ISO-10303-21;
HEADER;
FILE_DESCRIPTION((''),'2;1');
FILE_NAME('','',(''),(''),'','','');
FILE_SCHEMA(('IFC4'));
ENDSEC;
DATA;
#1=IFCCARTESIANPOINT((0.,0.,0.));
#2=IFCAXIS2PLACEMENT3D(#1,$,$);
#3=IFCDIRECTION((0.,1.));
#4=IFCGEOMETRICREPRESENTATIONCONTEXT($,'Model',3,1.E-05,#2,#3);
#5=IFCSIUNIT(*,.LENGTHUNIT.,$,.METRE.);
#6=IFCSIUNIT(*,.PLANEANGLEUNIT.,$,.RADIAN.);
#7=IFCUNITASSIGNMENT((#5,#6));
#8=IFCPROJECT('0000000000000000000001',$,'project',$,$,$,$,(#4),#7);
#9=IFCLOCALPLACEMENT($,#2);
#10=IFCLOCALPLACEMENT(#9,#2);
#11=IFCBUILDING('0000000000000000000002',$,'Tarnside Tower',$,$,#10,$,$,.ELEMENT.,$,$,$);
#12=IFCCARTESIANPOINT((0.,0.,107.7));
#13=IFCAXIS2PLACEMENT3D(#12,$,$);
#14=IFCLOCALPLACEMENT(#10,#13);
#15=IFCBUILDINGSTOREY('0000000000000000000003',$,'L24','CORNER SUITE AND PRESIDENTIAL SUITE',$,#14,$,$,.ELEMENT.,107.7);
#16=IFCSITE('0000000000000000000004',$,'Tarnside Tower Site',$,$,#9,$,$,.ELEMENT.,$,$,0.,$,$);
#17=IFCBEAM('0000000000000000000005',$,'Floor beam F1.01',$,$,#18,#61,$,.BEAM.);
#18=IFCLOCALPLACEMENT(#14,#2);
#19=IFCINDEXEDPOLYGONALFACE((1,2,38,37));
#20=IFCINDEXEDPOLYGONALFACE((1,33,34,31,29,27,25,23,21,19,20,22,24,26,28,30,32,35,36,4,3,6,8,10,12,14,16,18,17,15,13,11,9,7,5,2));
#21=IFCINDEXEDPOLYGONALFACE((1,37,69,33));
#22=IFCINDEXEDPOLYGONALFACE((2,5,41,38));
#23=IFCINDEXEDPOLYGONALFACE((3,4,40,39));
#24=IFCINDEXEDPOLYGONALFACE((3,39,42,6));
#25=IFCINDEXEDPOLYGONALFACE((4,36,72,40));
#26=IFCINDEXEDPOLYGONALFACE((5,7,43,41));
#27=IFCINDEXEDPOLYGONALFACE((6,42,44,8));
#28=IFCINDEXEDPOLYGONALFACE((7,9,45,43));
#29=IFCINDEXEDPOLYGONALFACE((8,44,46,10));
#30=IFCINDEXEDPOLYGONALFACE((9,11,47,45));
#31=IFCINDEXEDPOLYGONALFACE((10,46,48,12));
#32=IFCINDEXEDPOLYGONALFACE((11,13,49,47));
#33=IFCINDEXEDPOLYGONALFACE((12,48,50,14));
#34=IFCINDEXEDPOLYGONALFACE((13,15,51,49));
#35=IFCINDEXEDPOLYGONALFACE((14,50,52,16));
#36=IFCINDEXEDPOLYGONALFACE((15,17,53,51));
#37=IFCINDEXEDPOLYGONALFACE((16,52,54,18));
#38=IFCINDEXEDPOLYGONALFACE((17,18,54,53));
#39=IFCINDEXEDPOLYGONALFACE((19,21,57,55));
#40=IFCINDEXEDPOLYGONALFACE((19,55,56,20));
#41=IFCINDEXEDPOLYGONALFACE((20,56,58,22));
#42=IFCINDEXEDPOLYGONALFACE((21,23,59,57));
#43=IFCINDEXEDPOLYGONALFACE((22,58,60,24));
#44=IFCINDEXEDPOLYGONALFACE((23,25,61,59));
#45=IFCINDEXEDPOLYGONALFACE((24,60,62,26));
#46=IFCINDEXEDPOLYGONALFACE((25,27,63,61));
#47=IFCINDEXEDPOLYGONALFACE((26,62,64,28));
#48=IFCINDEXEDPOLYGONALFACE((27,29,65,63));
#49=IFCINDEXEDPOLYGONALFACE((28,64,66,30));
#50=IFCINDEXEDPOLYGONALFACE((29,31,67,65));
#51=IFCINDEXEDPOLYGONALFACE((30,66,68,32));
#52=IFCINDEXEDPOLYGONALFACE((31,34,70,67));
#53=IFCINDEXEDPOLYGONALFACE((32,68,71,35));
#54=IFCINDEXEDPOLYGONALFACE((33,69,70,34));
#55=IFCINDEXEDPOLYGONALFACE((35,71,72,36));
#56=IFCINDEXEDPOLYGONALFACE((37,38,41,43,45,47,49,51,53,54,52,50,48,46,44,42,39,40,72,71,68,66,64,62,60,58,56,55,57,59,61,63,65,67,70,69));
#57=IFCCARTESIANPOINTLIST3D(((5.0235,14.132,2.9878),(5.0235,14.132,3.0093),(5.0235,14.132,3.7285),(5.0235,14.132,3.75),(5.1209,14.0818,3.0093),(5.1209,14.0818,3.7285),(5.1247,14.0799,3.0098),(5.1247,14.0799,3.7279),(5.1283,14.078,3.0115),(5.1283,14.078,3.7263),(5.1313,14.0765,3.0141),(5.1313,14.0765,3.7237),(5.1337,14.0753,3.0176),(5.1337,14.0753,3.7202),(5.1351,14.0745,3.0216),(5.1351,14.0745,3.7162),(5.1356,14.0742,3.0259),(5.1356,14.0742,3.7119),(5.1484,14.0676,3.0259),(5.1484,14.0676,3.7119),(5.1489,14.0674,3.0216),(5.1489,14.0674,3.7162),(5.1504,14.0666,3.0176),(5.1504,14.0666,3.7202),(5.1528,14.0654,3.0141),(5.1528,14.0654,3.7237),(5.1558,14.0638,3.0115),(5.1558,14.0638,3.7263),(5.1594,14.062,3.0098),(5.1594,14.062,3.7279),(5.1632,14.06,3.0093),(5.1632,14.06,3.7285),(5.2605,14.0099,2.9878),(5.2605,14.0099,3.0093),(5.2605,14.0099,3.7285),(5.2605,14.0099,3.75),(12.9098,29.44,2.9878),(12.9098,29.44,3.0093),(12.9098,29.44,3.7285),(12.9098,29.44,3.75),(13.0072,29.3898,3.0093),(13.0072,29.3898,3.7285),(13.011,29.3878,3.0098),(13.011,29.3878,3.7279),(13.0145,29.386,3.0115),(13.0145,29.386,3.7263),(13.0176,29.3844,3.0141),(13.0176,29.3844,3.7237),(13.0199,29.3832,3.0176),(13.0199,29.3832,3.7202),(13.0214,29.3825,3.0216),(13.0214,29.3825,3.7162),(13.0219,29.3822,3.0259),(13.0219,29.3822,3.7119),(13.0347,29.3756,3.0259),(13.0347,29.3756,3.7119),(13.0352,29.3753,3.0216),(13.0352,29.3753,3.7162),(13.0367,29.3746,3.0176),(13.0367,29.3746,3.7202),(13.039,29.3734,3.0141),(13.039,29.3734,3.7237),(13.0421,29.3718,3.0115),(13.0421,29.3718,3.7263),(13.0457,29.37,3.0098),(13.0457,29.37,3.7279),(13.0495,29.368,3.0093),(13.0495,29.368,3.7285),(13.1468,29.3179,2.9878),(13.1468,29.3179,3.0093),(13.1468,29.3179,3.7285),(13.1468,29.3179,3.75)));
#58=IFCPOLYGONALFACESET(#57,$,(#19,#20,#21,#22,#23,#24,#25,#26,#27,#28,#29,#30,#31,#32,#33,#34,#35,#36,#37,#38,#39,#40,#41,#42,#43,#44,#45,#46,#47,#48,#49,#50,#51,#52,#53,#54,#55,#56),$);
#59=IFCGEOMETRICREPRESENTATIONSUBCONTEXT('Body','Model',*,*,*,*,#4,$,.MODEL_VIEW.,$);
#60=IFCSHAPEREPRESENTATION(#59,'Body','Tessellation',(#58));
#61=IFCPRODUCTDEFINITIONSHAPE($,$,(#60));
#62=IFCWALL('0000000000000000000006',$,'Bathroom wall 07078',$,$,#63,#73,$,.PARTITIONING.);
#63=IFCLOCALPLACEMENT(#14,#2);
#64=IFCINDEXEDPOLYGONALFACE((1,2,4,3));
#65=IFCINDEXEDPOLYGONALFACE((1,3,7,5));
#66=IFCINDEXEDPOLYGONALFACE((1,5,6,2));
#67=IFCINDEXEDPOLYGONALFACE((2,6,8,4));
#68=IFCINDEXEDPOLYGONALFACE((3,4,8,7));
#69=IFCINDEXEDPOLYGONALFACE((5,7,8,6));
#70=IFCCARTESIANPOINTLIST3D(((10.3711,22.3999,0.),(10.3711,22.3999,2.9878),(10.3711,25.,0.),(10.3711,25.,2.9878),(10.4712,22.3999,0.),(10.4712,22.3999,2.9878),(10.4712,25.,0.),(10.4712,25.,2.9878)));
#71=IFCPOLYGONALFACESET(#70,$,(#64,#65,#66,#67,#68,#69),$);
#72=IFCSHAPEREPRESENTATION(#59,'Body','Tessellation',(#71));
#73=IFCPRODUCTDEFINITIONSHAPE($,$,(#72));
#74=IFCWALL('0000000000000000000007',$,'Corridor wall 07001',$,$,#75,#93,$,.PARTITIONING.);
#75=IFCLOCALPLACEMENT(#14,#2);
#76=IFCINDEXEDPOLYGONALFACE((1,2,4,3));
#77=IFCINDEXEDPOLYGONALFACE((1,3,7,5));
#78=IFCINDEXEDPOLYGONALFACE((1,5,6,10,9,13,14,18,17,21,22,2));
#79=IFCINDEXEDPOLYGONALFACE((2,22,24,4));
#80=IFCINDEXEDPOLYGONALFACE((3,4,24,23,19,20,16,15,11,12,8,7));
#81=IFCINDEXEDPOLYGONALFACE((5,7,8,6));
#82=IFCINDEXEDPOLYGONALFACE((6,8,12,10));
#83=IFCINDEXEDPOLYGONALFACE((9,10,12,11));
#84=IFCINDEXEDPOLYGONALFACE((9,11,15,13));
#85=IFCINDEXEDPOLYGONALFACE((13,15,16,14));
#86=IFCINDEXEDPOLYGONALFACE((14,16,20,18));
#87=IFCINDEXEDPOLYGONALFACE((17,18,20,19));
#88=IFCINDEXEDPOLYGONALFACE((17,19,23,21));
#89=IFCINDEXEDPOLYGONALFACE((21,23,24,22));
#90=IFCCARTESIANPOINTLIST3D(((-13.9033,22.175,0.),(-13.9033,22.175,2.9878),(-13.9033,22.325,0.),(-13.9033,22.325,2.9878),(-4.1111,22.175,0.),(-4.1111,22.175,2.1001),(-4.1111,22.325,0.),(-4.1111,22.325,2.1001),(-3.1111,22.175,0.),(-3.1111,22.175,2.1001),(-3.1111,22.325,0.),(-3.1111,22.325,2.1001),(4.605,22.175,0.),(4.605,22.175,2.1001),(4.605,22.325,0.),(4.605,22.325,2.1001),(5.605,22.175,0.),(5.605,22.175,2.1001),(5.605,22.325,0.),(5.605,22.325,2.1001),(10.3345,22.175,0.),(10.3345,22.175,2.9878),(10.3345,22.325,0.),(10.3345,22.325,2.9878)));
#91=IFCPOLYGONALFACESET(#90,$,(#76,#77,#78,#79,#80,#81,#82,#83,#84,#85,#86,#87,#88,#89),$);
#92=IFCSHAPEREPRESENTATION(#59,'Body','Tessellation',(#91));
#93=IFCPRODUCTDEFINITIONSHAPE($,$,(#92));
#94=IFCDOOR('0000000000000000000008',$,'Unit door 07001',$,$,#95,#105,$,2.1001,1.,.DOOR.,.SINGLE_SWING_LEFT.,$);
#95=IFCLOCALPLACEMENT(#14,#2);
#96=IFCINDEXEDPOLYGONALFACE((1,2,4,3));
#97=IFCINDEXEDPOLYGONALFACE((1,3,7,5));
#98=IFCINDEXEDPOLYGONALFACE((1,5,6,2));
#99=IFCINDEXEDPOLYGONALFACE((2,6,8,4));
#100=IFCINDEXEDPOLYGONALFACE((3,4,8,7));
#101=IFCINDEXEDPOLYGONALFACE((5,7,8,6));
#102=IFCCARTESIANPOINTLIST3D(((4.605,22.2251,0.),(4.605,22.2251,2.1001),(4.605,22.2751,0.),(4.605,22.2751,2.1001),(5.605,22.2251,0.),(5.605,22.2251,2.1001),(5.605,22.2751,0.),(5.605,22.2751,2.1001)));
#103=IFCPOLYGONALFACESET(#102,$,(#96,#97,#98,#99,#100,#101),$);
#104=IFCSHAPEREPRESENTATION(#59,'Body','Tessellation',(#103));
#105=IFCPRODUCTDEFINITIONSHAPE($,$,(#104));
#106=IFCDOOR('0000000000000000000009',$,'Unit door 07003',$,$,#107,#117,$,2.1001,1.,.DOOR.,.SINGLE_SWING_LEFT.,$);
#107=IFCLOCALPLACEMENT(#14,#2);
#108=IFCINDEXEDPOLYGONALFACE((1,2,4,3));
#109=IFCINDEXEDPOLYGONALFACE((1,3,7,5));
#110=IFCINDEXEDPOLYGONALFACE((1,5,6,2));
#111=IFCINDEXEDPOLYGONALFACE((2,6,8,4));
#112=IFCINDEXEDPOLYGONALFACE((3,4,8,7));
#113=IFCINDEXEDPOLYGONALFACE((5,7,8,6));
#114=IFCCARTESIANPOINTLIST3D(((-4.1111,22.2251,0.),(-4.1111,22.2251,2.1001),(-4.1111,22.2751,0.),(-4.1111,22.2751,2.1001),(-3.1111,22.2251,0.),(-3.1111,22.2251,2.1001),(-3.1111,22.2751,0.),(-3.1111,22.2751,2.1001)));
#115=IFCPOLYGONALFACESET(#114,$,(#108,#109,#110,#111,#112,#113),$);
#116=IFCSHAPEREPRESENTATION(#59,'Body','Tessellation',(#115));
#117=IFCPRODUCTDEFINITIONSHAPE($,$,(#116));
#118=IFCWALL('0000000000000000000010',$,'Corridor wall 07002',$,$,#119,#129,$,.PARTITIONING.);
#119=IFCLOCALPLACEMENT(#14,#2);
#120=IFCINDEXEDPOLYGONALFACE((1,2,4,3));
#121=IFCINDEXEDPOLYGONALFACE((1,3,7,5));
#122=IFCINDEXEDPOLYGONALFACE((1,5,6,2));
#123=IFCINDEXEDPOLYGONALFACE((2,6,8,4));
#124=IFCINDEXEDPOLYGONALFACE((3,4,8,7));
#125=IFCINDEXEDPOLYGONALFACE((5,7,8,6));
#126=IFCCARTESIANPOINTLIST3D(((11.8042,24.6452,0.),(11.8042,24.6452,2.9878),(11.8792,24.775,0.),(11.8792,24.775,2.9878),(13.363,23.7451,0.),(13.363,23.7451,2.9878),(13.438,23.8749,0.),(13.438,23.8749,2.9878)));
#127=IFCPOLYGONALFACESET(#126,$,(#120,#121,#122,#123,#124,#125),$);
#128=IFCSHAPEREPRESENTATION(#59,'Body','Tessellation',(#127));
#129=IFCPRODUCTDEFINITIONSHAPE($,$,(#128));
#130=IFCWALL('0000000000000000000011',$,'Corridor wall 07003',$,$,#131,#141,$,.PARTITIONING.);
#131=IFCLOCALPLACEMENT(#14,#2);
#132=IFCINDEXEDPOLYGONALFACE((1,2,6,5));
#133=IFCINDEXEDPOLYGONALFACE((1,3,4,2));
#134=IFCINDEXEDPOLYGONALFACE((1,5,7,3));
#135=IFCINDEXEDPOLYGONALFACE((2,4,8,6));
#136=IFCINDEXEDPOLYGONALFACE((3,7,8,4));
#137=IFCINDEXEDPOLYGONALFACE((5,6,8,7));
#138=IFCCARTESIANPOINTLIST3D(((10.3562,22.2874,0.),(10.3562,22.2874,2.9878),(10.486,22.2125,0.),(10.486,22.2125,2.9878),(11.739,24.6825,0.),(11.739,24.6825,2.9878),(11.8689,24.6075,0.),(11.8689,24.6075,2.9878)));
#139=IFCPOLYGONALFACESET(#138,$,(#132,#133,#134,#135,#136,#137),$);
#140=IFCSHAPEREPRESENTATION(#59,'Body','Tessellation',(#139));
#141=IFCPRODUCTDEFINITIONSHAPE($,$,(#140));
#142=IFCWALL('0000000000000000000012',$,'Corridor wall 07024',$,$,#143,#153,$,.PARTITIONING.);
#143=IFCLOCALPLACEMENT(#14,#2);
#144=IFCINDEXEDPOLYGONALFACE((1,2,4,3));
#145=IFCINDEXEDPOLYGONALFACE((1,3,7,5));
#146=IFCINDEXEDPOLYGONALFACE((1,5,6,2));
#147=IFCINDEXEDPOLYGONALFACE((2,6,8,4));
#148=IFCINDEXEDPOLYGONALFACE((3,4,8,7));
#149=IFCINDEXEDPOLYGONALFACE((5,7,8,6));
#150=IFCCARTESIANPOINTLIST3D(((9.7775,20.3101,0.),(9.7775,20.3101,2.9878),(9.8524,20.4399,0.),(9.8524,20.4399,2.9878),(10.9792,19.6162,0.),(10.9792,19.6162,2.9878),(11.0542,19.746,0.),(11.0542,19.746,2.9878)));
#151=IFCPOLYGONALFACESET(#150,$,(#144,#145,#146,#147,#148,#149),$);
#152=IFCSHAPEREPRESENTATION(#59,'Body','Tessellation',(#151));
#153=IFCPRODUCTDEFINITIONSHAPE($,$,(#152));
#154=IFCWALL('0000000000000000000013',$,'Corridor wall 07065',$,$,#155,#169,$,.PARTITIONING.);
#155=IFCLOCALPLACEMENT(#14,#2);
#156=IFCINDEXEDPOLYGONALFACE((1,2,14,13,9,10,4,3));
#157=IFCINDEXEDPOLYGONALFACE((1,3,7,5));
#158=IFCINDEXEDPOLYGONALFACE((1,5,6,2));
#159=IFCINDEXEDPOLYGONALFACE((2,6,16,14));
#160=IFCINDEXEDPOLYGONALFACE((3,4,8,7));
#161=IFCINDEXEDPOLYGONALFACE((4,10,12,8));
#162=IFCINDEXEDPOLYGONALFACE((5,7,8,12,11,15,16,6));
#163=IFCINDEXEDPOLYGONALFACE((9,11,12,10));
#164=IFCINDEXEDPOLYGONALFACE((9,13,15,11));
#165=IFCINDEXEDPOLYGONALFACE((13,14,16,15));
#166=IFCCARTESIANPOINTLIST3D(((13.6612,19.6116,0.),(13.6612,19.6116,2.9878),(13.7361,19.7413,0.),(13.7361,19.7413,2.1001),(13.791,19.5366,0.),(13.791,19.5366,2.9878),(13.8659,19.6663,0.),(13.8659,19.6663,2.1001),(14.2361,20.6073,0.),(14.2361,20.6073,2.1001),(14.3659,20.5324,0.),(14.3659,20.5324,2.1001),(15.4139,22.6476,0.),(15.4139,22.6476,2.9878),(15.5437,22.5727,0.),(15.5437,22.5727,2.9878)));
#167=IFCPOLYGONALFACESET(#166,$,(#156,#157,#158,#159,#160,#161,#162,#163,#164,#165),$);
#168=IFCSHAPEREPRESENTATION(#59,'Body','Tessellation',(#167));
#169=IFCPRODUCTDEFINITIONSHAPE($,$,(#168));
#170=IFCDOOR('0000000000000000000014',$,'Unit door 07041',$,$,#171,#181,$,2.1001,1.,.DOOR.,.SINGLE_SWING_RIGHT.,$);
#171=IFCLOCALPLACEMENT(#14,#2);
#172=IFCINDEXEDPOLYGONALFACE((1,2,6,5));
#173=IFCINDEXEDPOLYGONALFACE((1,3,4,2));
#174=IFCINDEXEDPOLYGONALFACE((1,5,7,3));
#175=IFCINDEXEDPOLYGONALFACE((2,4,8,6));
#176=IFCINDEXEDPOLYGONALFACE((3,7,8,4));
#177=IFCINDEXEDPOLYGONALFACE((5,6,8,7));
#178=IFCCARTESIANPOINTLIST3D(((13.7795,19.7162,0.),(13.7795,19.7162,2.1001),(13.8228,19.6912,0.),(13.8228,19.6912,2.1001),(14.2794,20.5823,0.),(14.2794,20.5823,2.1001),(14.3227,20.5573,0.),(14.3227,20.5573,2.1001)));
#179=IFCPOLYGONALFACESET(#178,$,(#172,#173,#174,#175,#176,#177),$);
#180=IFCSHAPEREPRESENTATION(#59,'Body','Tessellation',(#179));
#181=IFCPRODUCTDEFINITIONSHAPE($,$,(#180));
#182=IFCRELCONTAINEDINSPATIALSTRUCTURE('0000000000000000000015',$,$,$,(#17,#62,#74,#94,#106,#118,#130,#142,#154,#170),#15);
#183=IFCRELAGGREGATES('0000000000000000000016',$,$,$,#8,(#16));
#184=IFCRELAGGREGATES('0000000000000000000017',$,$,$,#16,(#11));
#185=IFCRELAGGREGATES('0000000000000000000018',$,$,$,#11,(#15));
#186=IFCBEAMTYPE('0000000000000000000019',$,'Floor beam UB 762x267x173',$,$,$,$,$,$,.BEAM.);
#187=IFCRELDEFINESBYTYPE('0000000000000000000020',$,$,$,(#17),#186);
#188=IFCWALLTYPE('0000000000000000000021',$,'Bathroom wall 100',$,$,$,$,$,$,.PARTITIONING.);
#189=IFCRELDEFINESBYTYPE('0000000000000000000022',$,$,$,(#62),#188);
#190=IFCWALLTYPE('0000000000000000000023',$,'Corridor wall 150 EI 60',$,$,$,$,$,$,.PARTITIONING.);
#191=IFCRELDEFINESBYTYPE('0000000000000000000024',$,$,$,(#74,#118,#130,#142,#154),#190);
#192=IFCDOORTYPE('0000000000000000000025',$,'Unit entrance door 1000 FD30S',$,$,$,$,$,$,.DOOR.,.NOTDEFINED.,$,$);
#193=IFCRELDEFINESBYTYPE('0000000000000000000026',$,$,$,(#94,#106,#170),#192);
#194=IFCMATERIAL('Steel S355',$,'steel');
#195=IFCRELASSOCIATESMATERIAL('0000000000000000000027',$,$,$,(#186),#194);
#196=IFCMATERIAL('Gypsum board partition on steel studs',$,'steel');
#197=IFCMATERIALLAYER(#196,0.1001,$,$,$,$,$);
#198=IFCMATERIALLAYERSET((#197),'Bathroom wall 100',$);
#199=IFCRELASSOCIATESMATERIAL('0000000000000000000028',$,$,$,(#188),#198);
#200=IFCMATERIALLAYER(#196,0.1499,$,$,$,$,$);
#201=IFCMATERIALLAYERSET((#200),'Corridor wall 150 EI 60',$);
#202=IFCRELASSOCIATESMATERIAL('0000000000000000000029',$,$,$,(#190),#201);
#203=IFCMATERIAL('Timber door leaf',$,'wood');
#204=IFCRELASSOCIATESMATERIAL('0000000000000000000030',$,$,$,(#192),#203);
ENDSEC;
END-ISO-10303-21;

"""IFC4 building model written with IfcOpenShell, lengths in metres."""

from ifc_helpers import new_model, si_unit, direction, frame, frame_2d, origin, origin_2d, place, context, subcontext, project, spatial, rectangle, i_section, extrude, material, layer, layer_set, material_profile, profile_set, type_object, element, fill, save


model = new_model("IFC4")

# Units and contexts
model_context = context("Model", 3, precision=1e-05, world=origin(), true_north=direction((0.0, 1.0)))
body_context = subcontext(model_context, "Body", "Model", "MODEL_VIEW")
ifc_project = project(units=[si_unit("LENGTHUNIT", "METRE"), si_unit("PLANEANGLEUNIT", "RADIAN")], contexts=[model_context])

# Site, building, storey
site_placement = place(None, origin())
site = spatial("IfcSite", under=ifc_project, at=site_placement, Name="Tarnside Tower Site", CompositionType="ELEMENT", RefElevation=0.0)
building_placement = place(site_placement, origin())
building = spatial("IfcBuilding", under=site, at=building_placement, Name="Tarnside Tower", CompositionType="ELEMENT")
storey_placement = place(building_placement, frame((0.0, 0.0, 107.7)))
storey = spatial("IfcBuildingStorey", under=building, at=storey_placement, Name="L24", Description="CORNER SUITE AND PRESIDENTIAL SUITE", CompositionType="ELEMENT", Elevation=107.7)

# Beam
ifc_material_1 = material(Name="Steel S355", Category="steel")
ifc_material_profile = material_profile(ifc_material_1, i_section(OverallWidth=0.2666, OverallDepth=0.7622, WebThickness=0.0144, FlangeThickness=0.0215, FilletRadius=0.0166, at=origin_2d()), Name="UB 762x267x173")
ifc_profile_set = profile_set([ifc_material_profile], Name="Steel S355")
beam_type = type_object("IfcBeamType", Name="Floor beam UB 762x267x173", PredefinedType="BEAM", material=ifc_profile_set)
beam_placement = place(storey_placement, frame((13.0283, 29.3789, 3.3689), z_axis=(-0.457973, -0.888966, 0.0), x_axis=(0.888966, -0.457973, 0.0)))
element("IfcBeam", 1, at=beam_placement, inside=storey, type_object=beam_type, Name="Floor beam F1.01", PredefinedType="BEAM", context=body_context, shape_type="SweptSolid", body=[
    extrude(i_section(OverallWidth=0.2666, OverallDepth=0.7622, WebThickness=0.0144, FlangeThickness=0.0215, FilletRadius=0.0166, at=origin_2d()), origin(), (0.0, 0.0, 1.0), 17.22),
])

# Wall
ifc_material_2 = material(Name="Gypsum board partition on steel studs", Category="steel")
ifc_layer_1 = layer(ifc_material_2, 0.1001)
ifc_layer_set_1 = layer_set([ifc_layer_1], Name="Bathroom wall 100")
wall_type_1 = type_object("IfcWallType", Name="Bathroom wall 100", PredefinedType="PARTITIONING", material=ifc_layer_set_1)
wall_1_placement = place(storey_placement, frame((10.4211, 25.0, 0.0), z_axis=(0.0, 0.0, 1.0), x_axis=(0.0, -1.0, 0.0)))
element("IfcWall", 2, at=wall_1_placement, inside=storey, type_object=wall_type_1, Name="Bathroom wall 07078", PredefinedType="PARTITIONING", context=body_context, shape_type="SweptSolid", body=[
    extrude(rectangle(XDim=2.6001, YDim=0.1001, at=frame_2d((1.3, 0.0))), origin(), (0.0, 0.0, 1.0), 2.9878),
])

# Wall, openings, doors
ifc_layer_2 = layer(ifc_material_2, 0.1499)
ifc_layer_set_2 = layer_set([ifc_layer_2], Name="Corridor wall 150 EI 60")
wall_type_2 = type_object("IfcWallType", Name="Corridor wall 150 EI 60", PredefinedType="PARTITIONING", material=ifc_layer_set_2)
wall_2_placement = place(storey_placement, frame((10.3345, 22.25, 0.0), z_axis=(0.0, 0.0, 1.0), x_axis=(-1.0, 0.0, 0.0)))
wall_2 = element("IfcWall", 3, at=wall_2_placement, inside=storey, type_object=wall_type_2, Name="Corridor wall 07001", PredefinedType="PARTITIONING", context=body_context, shape_type="SweptSolid", body=[
    extrude(rectangle(XDim=24.2378, YDim=0.1499, at=frame_2d((12.1189, 0.0))), origin(), (0.0, 0.0, 1.0), 2.9878),
])
opening_1_placement = place(wall_2_placement, frame((4.7295, 0.0, 0.0)))
opening_1 = element("IfcOpeningElement", 4, at=opening_1_placement, cuts=wall_2, PredefinedType="OPENING", context=body_context, shape_type="SweptSolid", body=[
    extrude(rectangle(XDim=1.0, YDim=2.1001, at=frame_2d((0.5, 1.05))), frame((0.0, 0.085, 0.0), z_axis=(0.0, -1.0, 0.0), x_axis=(1.0, 0.0, 0.0)), (0.0, 0.0, 1.0), 0.1699),
])
opening_2_placement = place(wall_2_placement, frame((13.4456, 0.0, 0.0)))
opening_2 = element("IfcOpeningElement", 5, at=opening_2_placement, cuts=wall_2, PredefinedType="OPENING", context=body_context, shape_type="SweptSolid", body=[
    extrude(rectangle(XDim=1.0, YDim=2.1001, at=frame_2d((0.5, 1.05))), frame((0.0, 0.085, 0.0), z_axis=(0.0, -1.0, 0.0), x_axis=(1.0, 0.0, 0.0)), (0.0, 0.0, 1.0), 0.1699),
])
ifc_material_3 = material(Name="Timber door leaf", Category="wood")
door_type_1 = type_object("IfcDoorType", Name="Unit entrance door 1000 FD30S", OperationType="NOTDEFINED", PredefinedType="DOOR", material=ifc_material_3)
door_1_placement = place(opening_1_placement, origin())
door_1 = element("IfcDoor", 6, at=door_1_placement, inside=storey, type_object=door_type_1, Name="Unit door 07001", OperationType="SINGLE_SWING_LEFT", OverallHeight=2.1001, OverallWidth=1.0, PredefinedType="DOOR", context=body_context, shape_type="SweptSolid", body=[
    extrude(rectangle(XDim=1.0, YDim=2.1001, at=frame_2d((0.5, 1.05))), frame((0.0, 0.0249, 0.0), z_axis=(0.0, -1.0, 0.0), x_axis=(1.0, 0.0, 0.0)), (0.0, 0.0, 1.0), 0.05),
])
fill(opening_1, door_1)
door_2_placement = place(opening_2_placement, origin())
door_2 = element("IfcDoor", 7, at=door_2_placement, inside=storey, type_object=door_type_1, Name="Unit door 07003", OperationType="SINGLE_SWING_LEFT", OverallHeight=2.1001, OverallWidth=1.0, PredefinedType="DOOR", context=body_context, shape_type="SweptSolid", body=[
    extrude(rectangle(XDim=1.0, YDim=2.1001, at=frame_2d((0.5, 1.05))), frame((0.0, 0.0249, 0.0), z_axis=(0.0, -1.0, 0.0), x_axis=(1.0, 0.0, 0.0)), (0.0, 0.0, 1.0), 0.05),
])
fill(opening_2, door_2)

# Walls
wall_3_placement = place(storey_placement, frame((13.4004, 23.8101, 0.0), z_axis=(0.0, 0.0, 1.0), x_axis=(-0.865989, 0.500063, 0.0)))
element("IfcWall", 8, at=wall_3_placement, inside=storey, type_object=wall_type_2, Name="Corridor wall 07002", PredefinedType="PARTITIONING", context=body_context, shape_type="SweptSolid", body=[
    extrude(rectangle(XDim=1.8, YDim=0.1499, at=frame_2d((0.8999, 0.0))), origin(), (0.0, 0.0, 1.0), 2.9878),
])
wall_4_placement = place(storey_placement, frame((11.804, 24.645, 0.0), z_axis=(0.0, 0.0, 1.0), x_axis=(-0.500013, -0.866018, 0.0)))
element("IfcWall", 9, at=wall_4_placement, inside=storey, type_object=wall_type_2, Name="Corridor wall 07003", PredefinedType="PARTITIONING", context=body_context, shape_type="SweptSolid", body=[
    extrude(rectangle(XDim=2.7656, YDim=0.1499, at=frame_2d((1.3828, 0.0))), origin(), (0.0, 0.0, 1.0), 2.9878),
])
wall_5_placement = place(storey_placement, frame((9.8149, 20.375, 0.0), z_axis=(0.0, 0.0, 1.0), x_axis=(0.866004, -0.500037, 0.0)))
element("IfcWall", 10, at=wall_5_placement, inside=storey, type_object=wall_type_2, Name="Corridor wall 07024", PredefinedType="PARTITIONING", context=body_context, shape_type="SweptSolid", body=[
    extrude(rectangle(XDim=1.3877, YDim=0.1499, at=frame_2d((0.6938, 0.0))), origin(), (0.0, 0.0, 1.0), 2.9878),
])

# Wall, opening, door
wall_6_placement = place(storey_placement, frame((13.7261, 19.574, 0.0), z_axis=(0.0, 0.0, 1.0), x_axis=(0.499952, 0.866053, 0.0)))
wall_6 = element("IfcWall", 11, at=wall_6_placement, inside=storey, type_object=wall_type_2, Name="Corridor wall 07065", PredefinedType="PARTITIONING", context=body_context, shape_type="SweptSolid", body=[
    extrude(rectangle(XDim=3.5056, YDim=0.1499, at=frame_2d((1.7529, 0.0))), origin(), (0.0, 0.0, 1.0), 2.9878),
])
opening_3_placement = place(wall_6_placement, frame((0.1499, 0.0, 0.0)))
opening_3 = element("IfcOpeningElement", 12, at=opening_3_placement, cuts=wall_6, PredefinedType="OPENING", context=body_context, shape_type="SweptSolid", body=[
    extrude(rectangle(XDim=1.0, YDim=2.1001, at=frame_2d((0.5, 1.05))), frame((0.0, 0.085, 0.0), z_axis=(0.0, -1.0, 0.0), x_axis=(1.0, 0.0, 0.0)), (0.0, 0.0, 1.0), 0.1699),
])
door_3_placement = place(opening_3_placement, origin())
door_3 = element("IfcDoor", 13, at=door_3_placement, inside=storey, type_object=door_type_1, Name="Unit door 07041", OperationType="SINGLE_SWING_RIGHT", OverallHeight=2.1001, OverallWidth=1.0, PredefinedType="DOOR", context=body_context, shape_type="SweptSolid", body=[
    extrude(rectangle(XDim=1.0, YDim=2.1001, at=frame_2d((0.5, 1.05))), frame((0.0, 0.0249, 0.0), z_axis=(0.0, -1.0, 0.0), x_axis=(1.0, 0.0, 0.0)), (0.0, 0.0, 1.0), 0.05),
])
fill(opening_3, door_3)

save(model, "model.ifc")
